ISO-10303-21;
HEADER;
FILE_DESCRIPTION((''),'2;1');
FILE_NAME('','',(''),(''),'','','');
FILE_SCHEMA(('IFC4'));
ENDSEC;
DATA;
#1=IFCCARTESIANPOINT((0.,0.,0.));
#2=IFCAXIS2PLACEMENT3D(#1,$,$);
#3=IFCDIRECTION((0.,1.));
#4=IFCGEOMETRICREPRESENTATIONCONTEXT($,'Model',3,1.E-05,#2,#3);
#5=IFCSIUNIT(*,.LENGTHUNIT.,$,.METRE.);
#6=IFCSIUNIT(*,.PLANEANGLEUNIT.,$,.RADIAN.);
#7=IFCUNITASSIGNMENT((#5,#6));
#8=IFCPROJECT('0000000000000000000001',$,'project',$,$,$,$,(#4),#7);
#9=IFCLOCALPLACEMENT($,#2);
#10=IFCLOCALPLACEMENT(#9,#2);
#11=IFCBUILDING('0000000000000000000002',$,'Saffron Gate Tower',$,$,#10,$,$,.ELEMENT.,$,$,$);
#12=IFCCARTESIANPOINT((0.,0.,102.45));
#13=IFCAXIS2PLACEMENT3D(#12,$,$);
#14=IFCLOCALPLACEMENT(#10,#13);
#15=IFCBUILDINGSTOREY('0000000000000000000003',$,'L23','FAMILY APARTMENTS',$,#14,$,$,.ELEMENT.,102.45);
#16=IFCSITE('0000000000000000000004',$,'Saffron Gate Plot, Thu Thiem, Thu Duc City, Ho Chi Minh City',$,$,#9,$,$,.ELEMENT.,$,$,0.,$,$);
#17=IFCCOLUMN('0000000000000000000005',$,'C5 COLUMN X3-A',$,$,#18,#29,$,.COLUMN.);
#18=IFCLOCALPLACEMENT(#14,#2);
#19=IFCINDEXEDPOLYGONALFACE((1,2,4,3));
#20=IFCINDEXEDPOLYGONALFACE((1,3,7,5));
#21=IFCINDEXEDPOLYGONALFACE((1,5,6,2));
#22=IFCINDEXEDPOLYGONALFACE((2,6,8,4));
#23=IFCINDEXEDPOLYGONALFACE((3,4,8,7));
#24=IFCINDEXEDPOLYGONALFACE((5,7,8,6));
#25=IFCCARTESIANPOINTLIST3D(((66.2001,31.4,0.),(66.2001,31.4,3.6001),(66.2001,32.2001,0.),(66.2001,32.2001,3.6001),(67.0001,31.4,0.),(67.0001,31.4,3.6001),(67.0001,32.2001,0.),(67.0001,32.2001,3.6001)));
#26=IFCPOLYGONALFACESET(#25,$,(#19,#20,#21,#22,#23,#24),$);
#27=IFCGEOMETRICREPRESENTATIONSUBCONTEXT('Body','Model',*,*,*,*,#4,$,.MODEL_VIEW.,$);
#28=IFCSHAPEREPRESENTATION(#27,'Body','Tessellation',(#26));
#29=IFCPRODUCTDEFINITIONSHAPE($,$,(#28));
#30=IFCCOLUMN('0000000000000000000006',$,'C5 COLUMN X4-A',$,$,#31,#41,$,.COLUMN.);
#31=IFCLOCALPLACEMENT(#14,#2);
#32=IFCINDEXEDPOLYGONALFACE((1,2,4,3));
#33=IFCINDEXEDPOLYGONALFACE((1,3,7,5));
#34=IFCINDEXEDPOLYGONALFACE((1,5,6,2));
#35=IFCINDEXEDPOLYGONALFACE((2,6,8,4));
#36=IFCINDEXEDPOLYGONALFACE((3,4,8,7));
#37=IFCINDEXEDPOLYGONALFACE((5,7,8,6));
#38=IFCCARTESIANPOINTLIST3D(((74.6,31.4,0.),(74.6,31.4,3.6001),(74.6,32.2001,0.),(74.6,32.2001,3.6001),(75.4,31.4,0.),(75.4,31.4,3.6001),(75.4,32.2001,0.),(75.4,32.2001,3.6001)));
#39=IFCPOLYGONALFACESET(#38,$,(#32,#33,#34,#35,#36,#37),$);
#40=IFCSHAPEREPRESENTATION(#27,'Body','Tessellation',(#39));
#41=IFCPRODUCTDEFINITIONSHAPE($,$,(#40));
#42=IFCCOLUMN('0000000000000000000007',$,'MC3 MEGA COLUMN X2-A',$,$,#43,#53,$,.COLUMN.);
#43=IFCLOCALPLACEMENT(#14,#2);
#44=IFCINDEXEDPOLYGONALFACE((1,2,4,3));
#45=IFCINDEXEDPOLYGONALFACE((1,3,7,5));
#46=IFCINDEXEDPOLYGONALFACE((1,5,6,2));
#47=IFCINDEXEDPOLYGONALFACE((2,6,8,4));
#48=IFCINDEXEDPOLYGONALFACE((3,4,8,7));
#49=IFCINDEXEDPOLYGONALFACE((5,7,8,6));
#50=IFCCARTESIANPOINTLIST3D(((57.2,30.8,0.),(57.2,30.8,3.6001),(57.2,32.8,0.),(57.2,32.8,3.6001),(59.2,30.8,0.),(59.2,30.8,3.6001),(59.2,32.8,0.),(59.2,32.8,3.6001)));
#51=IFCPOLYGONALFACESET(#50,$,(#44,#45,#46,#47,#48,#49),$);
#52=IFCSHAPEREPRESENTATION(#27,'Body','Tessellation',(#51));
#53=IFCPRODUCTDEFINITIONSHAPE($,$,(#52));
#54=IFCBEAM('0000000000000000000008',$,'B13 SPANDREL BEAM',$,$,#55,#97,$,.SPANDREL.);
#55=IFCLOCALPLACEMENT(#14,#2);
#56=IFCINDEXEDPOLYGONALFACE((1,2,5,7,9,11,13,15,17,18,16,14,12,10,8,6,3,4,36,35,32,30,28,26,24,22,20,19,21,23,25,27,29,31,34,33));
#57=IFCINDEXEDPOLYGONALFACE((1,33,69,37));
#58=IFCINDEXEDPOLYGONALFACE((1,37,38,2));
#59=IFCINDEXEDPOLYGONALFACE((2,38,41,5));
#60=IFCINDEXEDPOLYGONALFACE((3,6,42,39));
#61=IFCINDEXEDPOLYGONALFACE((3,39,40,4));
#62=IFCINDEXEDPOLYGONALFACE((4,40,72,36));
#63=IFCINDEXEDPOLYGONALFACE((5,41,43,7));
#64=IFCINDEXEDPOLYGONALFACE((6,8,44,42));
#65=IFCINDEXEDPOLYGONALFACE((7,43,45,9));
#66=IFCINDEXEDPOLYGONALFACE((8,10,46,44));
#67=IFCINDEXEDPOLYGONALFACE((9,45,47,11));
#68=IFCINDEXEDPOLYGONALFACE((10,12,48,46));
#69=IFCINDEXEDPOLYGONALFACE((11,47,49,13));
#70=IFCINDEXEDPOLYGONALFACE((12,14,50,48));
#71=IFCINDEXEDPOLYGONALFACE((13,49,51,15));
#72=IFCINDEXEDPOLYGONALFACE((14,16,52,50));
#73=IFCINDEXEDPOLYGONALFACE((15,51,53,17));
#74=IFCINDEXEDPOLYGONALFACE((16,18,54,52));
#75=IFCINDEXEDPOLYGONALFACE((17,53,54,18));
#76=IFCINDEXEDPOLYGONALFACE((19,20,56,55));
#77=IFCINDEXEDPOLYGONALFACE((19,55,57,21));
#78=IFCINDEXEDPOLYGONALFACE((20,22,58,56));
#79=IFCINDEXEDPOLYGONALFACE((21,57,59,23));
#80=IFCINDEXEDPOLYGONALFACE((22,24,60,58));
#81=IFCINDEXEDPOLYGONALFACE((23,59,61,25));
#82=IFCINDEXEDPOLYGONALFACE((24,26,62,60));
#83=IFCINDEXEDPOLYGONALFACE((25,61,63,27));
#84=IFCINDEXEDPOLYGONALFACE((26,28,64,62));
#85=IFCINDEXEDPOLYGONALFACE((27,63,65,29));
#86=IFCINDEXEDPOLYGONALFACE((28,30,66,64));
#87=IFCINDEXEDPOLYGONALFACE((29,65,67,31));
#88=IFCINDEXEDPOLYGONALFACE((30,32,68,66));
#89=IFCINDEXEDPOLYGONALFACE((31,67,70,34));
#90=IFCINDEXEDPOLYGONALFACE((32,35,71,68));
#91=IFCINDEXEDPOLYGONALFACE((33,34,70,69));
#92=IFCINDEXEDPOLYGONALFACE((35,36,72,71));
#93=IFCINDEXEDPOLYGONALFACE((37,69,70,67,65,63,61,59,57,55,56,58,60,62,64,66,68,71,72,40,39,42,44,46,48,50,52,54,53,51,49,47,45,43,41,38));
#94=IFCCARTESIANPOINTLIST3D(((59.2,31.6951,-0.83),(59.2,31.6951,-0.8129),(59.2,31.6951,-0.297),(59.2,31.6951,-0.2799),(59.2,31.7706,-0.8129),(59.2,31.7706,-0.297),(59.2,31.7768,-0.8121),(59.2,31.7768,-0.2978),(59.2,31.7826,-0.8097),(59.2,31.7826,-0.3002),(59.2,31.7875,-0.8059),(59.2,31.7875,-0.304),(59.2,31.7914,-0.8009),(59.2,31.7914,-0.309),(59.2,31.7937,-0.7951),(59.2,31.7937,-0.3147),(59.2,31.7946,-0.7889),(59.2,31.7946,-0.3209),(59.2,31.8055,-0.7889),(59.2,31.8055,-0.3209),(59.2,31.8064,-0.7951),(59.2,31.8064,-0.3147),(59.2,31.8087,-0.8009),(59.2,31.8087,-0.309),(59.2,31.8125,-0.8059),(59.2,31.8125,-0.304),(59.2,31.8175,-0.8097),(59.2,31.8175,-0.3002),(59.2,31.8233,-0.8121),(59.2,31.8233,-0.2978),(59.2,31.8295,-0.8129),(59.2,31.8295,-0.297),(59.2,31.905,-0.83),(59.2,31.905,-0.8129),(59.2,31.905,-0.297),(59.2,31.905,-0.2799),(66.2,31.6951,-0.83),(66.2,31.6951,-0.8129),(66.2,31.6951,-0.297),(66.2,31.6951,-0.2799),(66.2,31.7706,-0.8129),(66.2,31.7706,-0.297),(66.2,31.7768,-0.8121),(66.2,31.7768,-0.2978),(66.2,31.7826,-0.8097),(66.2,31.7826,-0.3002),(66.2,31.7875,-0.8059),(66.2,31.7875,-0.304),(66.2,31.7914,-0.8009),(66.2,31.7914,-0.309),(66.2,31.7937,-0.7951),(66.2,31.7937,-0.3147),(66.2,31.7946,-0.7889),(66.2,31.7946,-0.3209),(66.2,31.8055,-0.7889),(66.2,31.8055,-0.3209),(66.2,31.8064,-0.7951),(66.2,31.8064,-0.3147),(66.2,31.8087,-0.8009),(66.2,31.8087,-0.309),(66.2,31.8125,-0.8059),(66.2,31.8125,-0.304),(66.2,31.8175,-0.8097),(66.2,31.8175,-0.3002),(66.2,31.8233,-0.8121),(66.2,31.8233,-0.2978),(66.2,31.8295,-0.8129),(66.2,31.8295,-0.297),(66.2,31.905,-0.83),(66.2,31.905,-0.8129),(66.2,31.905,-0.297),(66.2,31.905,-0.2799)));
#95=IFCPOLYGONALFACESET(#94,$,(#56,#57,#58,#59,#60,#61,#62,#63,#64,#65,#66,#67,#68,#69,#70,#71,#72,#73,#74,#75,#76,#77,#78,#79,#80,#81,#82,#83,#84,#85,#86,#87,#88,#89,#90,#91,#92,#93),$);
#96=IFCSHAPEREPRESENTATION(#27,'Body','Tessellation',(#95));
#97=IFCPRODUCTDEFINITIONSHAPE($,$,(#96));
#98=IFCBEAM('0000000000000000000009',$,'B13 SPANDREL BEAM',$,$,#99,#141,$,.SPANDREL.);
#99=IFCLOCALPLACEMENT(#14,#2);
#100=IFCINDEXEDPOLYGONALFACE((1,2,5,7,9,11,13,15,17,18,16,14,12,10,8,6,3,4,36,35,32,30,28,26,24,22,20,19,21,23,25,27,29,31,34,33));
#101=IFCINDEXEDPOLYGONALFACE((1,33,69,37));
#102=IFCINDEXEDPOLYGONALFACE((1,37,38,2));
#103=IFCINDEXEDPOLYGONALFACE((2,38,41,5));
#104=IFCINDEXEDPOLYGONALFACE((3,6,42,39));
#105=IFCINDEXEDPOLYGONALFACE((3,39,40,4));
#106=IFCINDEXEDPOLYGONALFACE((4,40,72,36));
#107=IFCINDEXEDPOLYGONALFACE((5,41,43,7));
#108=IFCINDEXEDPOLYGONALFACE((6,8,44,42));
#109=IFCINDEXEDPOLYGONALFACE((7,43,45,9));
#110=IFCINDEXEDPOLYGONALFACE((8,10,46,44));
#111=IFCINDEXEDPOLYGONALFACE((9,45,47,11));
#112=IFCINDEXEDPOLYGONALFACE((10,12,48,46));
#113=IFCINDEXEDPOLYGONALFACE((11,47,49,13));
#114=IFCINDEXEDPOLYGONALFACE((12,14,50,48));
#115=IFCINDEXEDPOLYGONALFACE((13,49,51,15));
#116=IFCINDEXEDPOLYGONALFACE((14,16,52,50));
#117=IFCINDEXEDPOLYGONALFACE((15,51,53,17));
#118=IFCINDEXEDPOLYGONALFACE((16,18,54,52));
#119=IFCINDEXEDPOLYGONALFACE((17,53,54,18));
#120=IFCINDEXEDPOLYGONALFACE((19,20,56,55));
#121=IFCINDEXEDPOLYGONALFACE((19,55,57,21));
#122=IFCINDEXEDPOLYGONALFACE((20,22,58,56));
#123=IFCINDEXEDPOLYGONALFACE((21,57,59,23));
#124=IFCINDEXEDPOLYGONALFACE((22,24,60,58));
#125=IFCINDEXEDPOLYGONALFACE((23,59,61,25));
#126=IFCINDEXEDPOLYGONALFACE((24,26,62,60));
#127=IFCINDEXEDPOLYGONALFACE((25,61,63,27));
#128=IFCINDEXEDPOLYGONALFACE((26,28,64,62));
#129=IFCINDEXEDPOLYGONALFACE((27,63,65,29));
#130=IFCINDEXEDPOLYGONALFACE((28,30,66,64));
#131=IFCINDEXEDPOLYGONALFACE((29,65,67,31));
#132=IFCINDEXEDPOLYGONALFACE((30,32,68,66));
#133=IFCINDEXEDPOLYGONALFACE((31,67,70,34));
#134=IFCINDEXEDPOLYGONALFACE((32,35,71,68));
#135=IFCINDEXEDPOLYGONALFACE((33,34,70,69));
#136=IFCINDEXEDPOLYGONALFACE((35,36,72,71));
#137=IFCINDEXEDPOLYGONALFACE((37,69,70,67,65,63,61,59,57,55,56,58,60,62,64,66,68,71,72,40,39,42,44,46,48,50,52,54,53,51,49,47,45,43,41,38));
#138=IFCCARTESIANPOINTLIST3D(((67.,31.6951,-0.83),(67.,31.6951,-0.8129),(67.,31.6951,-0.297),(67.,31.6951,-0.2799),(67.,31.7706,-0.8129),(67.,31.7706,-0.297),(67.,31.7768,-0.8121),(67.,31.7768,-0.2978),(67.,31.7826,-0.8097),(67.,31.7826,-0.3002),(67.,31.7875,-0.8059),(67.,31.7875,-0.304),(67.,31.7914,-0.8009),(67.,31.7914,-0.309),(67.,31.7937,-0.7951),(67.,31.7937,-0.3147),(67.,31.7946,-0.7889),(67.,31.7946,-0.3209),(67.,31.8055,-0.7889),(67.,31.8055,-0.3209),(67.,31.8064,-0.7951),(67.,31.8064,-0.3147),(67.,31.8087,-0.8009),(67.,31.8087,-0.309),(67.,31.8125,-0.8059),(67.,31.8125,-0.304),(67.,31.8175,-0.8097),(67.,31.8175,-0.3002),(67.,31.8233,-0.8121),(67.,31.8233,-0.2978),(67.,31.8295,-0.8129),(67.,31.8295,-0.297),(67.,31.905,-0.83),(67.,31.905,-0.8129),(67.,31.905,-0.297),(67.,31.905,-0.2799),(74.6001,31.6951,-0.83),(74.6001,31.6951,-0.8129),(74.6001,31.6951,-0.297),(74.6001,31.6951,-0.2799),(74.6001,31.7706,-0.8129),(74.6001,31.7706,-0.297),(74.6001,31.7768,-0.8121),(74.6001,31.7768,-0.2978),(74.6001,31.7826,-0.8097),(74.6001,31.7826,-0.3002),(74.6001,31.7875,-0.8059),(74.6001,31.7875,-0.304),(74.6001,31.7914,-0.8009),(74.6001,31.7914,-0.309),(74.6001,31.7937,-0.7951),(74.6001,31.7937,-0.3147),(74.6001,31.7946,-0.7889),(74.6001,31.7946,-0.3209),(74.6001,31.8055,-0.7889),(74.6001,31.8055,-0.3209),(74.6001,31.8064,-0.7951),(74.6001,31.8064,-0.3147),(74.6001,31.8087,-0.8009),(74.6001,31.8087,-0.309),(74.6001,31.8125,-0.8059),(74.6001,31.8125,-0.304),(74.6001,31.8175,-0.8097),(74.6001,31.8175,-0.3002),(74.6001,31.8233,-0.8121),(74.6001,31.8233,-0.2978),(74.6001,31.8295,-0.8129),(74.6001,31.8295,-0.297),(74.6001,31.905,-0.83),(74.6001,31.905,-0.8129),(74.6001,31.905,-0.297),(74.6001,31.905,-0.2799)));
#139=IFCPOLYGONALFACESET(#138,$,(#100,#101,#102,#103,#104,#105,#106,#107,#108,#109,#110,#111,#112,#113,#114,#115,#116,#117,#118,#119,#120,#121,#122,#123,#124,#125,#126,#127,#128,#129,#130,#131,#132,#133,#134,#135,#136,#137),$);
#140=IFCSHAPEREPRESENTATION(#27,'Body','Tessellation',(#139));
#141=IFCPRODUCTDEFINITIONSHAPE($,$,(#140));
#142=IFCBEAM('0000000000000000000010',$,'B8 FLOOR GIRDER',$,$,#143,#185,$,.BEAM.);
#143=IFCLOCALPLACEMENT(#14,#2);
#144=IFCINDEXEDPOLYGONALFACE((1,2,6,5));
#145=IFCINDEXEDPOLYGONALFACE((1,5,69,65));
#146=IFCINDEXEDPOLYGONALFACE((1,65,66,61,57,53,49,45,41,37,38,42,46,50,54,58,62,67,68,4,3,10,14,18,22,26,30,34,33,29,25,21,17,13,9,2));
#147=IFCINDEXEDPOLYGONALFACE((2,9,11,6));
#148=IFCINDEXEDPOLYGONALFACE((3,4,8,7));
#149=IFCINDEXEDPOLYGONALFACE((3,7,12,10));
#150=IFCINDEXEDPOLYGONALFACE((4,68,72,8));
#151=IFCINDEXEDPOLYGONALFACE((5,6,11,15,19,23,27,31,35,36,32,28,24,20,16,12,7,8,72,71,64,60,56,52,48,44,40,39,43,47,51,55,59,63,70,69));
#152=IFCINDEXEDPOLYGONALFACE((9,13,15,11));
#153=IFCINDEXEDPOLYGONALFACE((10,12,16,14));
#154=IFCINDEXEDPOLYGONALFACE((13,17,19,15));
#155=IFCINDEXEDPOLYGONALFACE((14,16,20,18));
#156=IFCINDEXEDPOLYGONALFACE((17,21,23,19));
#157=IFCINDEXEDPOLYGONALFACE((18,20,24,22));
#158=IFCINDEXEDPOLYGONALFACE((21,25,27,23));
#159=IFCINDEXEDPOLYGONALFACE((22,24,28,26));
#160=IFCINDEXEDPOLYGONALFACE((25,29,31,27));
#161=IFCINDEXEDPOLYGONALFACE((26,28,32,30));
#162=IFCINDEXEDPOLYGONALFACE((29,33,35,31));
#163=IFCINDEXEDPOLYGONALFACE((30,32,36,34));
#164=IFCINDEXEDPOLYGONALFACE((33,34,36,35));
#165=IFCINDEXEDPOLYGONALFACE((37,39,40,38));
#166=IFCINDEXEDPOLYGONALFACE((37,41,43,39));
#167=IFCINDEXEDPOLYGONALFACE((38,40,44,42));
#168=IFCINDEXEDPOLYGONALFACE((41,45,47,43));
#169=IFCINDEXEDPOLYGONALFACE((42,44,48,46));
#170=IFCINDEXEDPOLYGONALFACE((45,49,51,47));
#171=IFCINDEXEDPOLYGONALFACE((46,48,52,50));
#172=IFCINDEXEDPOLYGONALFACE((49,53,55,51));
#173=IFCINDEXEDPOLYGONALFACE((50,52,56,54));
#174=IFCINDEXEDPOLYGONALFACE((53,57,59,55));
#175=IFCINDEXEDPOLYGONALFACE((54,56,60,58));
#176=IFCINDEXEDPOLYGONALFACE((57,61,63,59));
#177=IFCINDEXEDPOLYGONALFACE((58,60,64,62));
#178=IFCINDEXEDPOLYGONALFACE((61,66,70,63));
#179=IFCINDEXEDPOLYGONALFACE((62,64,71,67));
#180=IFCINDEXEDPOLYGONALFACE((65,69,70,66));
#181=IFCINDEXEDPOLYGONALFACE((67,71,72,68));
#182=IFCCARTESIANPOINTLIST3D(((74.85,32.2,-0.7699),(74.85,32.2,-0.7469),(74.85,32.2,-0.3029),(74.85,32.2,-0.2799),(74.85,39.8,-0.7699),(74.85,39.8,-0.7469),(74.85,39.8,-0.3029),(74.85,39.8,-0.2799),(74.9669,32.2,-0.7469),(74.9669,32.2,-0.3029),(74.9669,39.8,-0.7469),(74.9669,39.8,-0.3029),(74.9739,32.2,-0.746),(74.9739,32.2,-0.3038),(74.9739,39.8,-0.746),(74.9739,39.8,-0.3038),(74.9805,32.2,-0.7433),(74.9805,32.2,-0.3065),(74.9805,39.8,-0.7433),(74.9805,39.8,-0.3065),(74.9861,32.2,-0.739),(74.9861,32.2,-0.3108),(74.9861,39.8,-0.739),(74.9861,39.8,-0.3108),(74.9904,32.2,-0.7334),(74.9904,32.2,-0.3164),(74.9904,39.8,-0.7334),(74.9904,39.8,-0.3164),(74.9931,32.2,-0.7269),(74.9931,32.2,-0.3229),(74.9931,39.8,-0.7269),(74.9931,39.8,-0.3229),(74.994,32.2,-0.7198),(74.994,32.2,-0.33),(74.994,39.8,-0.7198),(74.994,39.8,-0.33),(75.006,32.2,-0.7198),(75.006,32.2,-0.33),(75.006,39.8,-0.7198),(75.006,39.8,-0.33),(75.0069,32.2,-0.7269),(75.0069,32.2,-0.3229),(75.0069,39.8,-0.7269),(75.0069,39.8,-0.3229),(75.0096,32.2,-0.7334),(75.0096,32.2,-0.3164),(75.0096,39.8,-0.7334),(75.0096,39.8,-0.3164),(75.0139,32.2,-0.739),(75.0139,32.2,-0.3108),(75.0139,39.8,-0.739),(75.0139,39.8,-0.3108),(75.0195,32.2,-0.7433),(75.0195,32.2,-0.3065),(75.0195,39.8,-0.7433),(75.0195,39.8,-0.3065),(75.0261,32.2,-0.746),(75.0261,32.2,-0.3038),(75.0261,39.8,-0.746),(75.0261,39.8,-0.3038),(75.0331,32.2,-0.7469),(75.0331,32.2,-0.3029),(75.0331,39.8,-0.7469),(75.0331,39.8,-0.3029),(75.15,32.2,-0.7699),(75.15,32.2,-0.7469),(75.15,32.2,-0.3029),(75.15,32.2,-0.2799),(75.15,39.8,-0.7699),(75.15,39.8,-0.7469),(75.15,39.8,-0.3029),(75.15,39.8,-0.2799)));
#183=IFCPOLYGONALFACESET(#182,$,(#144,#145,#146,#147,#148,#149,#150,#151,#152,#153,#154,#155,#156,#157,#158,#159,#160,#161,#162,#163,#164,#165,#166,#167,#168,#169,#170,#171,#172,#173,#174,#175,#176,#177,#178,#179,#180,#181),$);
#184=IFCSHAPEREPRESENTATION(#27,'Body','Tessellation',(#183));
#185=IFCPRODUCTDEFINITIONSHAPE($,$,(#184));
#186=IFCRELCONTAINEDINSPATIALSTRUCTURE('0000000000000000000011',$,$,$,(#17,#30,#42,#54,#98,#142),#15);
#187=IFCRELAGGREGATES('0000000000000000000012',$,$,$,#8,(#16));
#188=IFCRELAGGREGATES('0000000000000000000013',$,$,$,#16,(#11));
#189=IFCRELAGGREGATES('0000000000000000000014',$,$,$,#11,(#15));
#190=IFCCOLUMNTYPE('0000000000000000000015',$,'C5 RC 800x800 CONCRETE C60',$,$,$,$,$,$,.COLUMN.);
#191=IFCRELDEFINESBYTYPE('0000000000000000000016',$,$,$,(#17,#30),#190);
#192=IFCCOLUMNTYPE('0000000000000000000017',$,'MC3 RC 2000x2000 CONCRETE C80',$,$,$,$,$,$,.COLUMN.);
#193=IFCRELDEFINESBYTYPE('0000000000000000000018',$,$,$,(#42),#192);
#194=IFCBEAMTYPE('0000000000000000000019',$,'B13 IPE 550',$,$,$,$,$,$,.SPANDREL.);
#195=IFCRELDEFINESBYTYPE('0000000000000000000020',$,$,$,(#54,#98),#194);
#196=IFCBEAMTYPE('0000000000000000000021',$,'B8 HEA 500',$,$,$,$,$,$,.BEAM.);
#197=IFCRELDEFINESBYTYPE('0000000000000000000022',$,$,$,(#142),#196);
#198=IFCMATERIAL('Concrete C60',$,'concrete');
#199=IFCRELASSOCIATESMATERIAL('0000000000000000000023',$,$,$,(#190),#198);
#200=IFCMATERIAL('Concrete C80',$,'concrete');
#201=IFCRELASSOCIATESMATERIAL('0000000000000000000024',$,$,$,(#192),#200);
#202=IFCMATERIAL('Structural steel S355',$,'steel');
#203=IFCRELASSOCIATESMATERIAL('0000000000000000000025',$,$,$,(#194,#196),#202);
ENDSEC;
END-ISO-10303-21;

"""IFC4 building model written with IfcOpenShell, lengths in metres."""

from ifc_helpers import new_model, si_unit, direction, frame, origin, origin_2d, place, context, subcontext, project, spatial, rectangle, i_section, extrude, material, material_profile, profile_set, type_object, element, save


model = new_model("IFC4")

# Units and contexts
model_context = context("Model", 3, precision=1e-05, world=origin(), true_north=direction((0.0, 1.0)))
body_context = subcontext(model_context, "Body", "Model", "MODEL_VIEW")
ifc_project = project(units=[si_unit("LENGTHUNIT", "METRE"), si_unit("PLANEANGLEUNIT", "RADIAN")], contexts=[model_context])

# Site, building, storey
site_placement = place(None, origin())
site = spatial("IfcSite", under=ifc_project, at=site_placement, Name="Saffron Gate Plot, Thu Thiem, Thu Duc City, Ho Chi Minh City", CompositionType="ELEMENT", RefElevation=0.0)
building_placement = place(site_placement, origin())
building = spatial("IfcBuilding", under=site, at=building_placement, Name="Saffron Gate Tower", CompositionType="ELEMENT")
storey_placement = place(building_placement, frame((0.0, 0.0, 102.45)))
storey = spatial("IfcBuildingStorey", under=building, at=storey_placement, Name="L23", Description="FAMILY APARTMENTS", CompositionType="ELEMENT", Elevation=102.45)

# Columns
ifc_material_1 = material(Name="Concrete C60", Category="concrete")
ifc_material_profile_1 = material_profile(ifc_material_1, rectangle(XDim=0.8, YDim=0.8, at=origin_2d()))
ifc_profile_set_1 = profile_set([ifc_material_profile_1], Name="Concrete C60")
column_type_1 = type_object("IfcColumnType", Name="C5 RC 800x800 CONCRETE C60", PredefinedType="COLUMN", material=ifc_profile_set_1)
for number, where, z_axis, x_axis, name in (
    (1, (66.6001, 31.8, 0.0), (0.0, 0.0, 1.0), (1.0, 0.0, 0.0), "C5 COLUMN X3-A"),
    (2, (75.0, 31.8, 0.0), (0.0, 0.0, 1.0), (1.0, 0.0, 0.0), "C5 COLUMN X4-A"),
):
    element("IfcColumn", number, at=place(storey_placement, frame(where, z_axis=z_axis, x_axis=x_axis)), inside=storey, type_object=column_type_1, Name=name, PredefinedType="COLUMN", context=body_context, shape_type="SweptSolid", body=[
        extrude(rectangle(XDim=0.8, YDim=0.8, at=origin_2d()), origin(), (0.0, 0.0, 1.0), 3.6001),
    ])
ifc_material_2 = material(Name="Concrete C80", Category="concrete")
ifc_material_profile_2 = material_profile(ifc_material_2, rectangle(XDim=2.0, YDim=2.0, at=origin_2d()))
ifc_profile_set_2 = profile_set([ifc_material_profile_2], Name="Concrete C80")
column_type_2 = type_object("IfcColumnType", Name="MC3 RC 2000x2000 CONCRETE C80", PredefinedType="COLUMN", material=ifc_profile_set_2)
column_placement = place(storey_placement, frame((58.2, 31.8, 0.0), z_axis=(0.0, 0.0, 1.0), x_axis=(1.0, 0.0, 0.0)))
element("IfcColumn", 3, at=column_placement, inside=storey, type_object=column_type_2, Name="MC3 MEGA COLUMN X2-A", PredefinedType="COLUMN", context=body_context, shape_type="SweptSolid", body=[
    extrude(rectangle(XDim=2.0, YDim=2.0, at=origin_2d()), origin(), (0.0, 0.0, 1.0), 3.6001),
])

# Beams
ifc_material_3 = material(Name="Structural steel S355", Category="steel")
ifc_material_profile_3 = material_profile(ifc_material_3, i_section(OverallWidth=0.21, OverallDepth=0.55, WebThickness=0.011, FlangeThickness=0.0171, FilletRadius=0.0239, at=origin_2d()))
ifc_profile_set_3 = profile_set([ifc_material_profile_3], Name="Structural steel S355")
beam_type_1 = type_object("IfcBeamType", Name="B13 IPE 550", PredefinedType="SPANDREL", material=ifc_profile_set_3)
beam_1_placement = place(storey_placement, frame((59.2, 31.8, -0.5549), z_axis=(1.0, 0.0, 0.0), x_axis=(0.0, 1.0, 0.0)))
element("IfcBeam", 4, at=beam_1_placement, inside=storey, type_object=beam_type_1, Name="B13 SPANDREL BEAM", PredefinedType="SPANDREL", context=body_context, shape_type="SweptSolid", body=[
    extrude(i_section(OverallWidth=0.21, OverallDepth=0.55, WebThickness=0.011, FlangeThickness=0.0171, FilletRadius=0.0239, at=origin_2d()), origin(), (0.0, 0.0, 1.0), 7.0),
])
beam_2_placement = place(storey_placement, frame((67.0, 31.8, -0.5549), z_axis=(1.0, 0.0, 0.0), x_axis=(0.0, 1.0, 0.0)))
element("IfcBeam", 5, at=beam_2_placement, inside=storey, type_object=beam_type_1, Name="B13 SPANDREL BEAM", PredefinedType="SPANDREL", context=body_context, shape_type="SweptSolid", body=[
    extrude(i_section(OverallWidth=0.21, OverallDepth=0.55, WebThickness=0.011, FlangeThickness=0.0171, FilletRadius=0.0239, at=origin_2d()), origin(), (0.0, 0.0, 1.0), 7.6001),
])
ifc_material_profile_4 = material_profile(ifc_material_3, i_section(OverallWidth=0.3, OverallDepth=0.49, WebThickness=0.012, FlangeThickness=0.0229, FilletRadius=0.0271, at=origin_2d()))
ifc_profile_set_4 = profile_set([ifc_material_profile_4], Name="Structural steel S355")
beam_type_2 = type_object("IfcBeamType", Name="B8 HEA 500", PredefinedType="BEAM", material=ifc_profile_set_4)
beam_3_placement = place(storey_placement, frame((75.0, 32.2, -0.5249), z_axis=(0.0, 1.0, 0.0), x_axis=(-1.0, 0.0, 0.0)))
element("IfcBeam", 6, at=beam_3_placement, inside=storey, type_object=beam_type_2, Name="B8 FLOOR GIRDER", PredefinedType="BEAM", context=body_context, shape_type="SweptSolid", body=[
    extrude(i_section(OverallWidth=0.3, OverallDepth=0.49, WebThickness=0.012, FlangeThickness=0.0229, FilletRadius=0.0271, at=origin_2d()), origin(), (0.0, 0.0, 1.0), 7.6001),
])

save(model, "model.ifc")
